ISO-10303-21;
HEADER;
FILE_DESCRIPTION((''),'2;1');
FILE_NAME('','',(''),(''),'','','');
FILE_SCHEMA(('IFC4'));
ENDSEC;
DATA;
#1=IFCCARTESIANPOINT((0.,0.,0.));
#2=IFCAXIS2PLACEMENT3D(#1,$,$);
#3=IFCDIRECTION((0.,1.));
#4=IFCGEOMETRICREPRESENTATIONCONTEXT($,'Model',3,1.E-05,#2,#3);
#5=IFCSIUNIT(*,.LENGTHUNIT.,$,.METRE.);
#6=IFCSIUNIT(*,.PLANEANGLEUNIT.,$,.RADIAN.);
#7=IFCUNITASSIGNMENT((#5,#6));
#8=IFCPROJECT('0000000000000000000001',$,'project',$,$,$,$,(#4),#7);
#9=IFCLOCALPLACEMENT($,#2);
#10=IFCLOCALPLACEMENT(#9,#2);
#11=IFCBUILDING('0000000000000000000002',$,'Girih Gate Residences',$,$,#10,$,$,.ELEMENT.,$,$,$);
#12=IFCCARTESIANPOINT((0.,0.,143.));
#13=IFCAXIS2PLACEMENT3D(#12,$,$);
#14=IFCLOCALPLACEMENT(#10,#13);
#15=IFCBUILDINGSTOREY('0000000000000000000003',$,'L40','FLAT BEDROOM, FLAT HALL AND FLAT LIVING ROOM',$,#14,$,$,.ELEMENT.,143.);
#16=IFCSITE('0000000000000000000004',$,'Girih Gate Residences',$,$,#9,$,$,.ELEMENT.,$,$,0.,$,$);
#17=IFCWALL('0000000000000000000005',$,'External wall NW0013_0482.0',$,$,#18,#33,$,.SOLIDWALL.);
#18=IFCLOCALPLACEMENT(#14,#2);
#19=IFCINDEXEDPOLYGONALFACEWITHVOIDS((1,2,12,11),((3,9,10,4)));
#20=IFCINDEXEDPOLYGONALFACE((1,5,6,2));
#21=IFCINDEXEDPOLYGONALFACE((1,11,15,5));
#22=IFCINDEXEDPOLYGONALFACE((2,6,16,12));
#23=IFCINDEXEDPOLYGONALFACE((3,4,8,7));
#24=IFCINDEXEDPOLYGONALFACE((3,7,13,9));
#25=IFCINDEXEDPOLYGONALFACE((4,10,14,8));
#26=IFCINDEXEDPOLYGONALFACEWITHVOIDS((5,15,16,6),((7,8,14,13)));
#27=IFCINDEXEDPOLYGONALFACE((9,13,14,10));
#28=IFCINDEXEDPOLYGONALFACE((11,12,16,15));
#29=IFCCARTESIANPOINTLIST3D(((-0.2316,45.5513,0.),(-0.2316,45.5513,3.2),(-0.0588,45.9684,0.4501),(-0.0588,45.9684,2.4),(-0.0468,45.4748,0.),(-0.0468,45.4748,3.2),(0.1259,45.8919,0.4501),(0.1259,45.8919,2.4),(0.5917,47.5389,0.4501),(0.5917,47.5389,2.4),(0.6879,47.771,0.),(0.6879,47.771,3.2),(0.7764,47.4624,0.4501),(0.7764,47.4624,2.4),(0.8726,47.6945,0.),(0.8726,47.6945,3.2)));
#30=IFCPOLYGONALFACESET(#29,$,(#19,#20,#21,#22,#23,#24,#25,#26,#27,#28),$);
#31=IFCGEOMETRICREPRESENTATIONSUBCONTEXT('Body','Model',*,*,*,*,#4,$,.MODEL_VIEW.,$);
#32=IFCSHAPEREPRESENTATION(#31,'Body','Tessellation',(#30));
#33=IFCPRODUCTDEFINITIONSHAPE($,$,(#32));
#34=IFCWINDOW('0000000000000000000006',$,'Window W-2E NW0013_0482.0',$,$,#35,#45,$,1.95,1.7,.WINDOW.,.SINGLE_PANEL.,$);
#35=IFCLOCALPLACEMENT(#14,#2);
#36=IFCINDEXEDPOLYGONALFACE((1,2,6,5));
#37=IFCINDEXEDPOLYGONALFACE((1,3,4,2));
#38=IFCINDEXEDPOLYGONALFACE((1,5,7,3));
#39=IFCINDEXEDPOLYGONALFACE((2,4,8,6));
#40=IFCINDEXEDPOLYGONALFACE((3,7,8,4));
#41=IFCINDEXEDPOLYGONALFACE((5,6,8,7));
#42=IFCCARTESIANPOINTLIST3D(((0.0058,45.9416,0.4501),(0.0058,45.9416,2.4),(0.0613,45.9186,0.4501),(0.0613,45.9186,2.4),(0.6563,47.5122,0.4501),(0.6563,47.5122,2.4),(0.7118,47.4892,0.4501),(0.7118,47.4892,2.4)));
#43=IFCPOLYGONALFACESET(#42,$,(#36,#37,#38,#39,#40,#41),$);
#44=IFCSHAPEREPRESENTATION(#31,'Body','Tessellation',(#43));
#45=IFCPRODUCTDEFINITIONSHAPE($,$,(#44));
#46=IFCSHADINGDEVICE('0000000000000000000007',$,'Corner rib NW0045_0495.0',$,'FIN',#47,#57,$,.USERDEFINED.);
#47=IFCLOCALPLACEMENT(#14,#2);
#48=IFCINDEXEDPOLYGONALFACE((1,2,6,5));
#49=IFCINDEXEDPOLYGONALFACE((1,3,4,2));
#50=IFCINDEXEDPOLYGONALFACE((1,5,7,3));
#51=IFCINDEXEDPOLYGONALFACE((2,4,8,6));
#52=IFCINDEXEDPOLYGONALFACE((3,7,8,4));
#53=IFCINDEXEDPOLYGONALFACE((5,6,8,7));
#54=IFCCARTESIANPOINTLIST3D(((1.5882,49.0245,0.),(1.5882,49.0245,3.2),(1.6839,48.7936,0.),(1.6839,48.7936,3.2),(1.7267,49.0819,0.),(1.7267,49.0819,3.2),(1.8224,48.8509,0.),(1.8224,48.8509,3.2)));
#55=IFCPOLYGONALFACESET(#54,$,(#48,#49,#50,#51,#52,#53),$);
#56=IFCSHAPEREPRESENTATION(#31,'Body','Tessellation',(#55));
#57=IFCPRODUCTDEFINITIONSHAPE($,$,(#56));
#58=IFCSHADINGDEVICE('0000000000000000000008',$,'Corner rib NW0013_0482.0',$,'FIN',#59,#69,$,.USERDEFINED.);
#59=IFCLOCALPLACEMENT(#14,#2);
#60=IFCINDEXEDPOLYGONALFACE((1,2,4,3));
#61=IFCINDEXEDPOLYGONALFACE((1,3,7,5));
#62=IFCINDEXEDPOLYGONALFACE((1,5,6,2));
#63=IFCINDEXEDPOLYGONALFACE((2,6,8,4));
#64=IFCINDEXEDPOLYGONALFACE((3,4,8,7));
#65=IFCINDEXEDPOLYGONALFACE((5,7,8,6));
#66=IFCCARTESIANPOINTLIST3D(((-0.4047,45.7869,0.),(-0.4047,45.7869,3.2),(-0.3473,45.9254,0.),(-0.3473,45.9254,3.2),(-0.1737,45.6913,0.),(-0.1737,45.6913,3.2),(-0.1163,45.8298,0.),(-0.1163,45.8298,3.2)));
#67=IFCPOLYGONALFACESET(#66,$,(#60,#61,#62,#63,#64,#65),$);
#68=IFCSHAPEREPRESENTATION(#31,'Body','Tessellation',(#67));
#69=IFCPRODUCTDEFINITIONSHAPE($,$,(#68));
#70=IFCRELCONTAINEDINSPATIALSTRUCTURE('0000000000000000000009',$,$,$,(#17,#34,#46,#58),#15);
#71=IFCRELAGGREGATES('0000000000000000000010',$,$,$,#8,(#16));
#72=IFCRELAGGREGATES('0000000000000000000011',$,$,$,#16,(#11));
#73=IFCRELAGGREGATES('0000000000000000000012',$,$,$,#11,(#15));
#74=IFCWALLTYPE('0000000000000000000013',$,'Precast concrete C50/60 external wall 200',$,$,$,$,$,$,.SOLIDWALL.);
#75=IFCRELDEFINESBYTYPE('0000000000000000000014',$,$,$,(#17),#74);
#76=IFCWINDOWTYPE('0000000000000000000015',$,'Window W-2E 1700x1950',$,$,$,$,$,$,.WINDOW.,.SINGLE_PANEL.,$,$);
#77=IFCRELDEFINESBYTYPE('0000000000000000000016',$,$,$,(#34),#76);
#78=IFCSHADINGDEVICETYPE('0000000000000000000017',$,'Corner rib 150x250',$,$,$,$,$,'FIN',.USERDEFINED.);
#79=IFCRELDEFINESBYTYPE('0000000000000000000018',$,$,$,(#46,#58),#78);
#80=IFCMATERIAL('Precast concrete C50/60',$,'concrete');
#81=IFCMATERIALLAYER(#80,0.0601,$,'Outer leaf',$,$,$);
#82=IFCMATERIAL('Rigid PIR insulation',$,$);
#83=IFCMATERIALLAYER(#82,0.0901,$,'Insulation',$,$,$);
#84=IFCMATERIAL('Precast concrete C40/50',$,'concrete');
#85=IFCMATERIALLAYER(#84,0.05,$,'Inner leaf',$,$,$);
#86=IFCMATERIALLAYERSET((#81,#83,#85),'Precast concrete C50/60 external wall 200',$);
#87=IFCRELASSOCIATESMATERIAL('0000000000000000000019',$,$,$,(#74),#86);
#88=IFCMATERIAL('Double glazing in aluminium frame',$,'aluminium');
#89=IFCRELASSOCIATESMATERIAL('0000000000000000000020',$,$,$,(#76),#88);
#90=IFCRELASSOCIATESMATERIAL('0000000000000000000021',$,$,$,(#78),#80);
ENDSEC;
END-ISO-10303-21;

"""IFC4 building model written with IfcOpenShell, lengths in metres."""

from ifc_helpers import new_model, si_unit, direction, frame, frame_2d, origin, origin_2d, place, context, subcontext, project, spatial, rectangle, extrude, material, layer, layer_set, type_object, element, fill, save


model = new_model("IFC4")

# Units and contexts
model_context = context("Model", 3, precision=1e-05, world=origin(), true_north=direction((0.0, 1.0)))
body_context = subcontext(model_context, "Body", "Model", "MODEL_VIEW")
ifc_project = project(units=[si_unit("LENGTHUNIT", "METRE"), si_unit("PLANEANGLEUNIT", "RADIAN")], contexts=[model_context])

# Site, building, storey
site_placement = place(None, origin())
site = spatial("IfcSite", under=ifc_project, at=site_placement, Name="Girih Gate Residences", CompositionType="ELEMENT", RefElevation=0.0)
building_placement = place(site_placement, origin())
building = spatial("IfcBuilding", under=site, at=building_placement, Name="Girih Gate Residences", CompositionType="ELEMENT")
storey_placement = place(building_placement, frame((0.0, 0.0, 143.0)))
storey = spatial("IfcBuildingStorey", under=building, at=storey_placement, Name="L40", Description="FLAT BEDROOM, FLAT HALL AND FLAT LIVING ROOM", CompositionType="ELEMENT", Elevation=143.0)

# Wall, opening, window
ifc_material_1 = material(Name="Precast concrete C50/60", Category="concrete")
ifc_layer_1 = layer(ifc_material_1, 0.0601, Name="Outer leaf")
ifc_material_2 = material(Name="Rigid PIR insulation")
ifc_layer_2 = layer(ifc_material_2, 0.0901, Name="Insulation")
ifc_material_3 = material(Name="Precast concrete C40/50", Category="concrete")
ifc_layer_3 = layer(ifc_material_3, 0.05, Name="Inner leaf")
ifc_layer_set = layer_set([ifc_layer_1, ifc_layer_2, ifc_layer_3], Name="Precast concrete C50/60 external wall 200")
wall_type = type_object("IfcWallType", Name="Precast concrete C50/60 external wall 200", PredefinedType="SOLIDWALL", material=ifc_layer_set)
ifc_material_4 = material(Name="Double glazing in aluminium frame", Category="aluminium")
window_type_1 = type_object("IfcWindowType", Name="Window W-2E 1700x1950", PartitioningType="SINGLE_PANEL", PredefinedType="WINDOW", material=ifc_material_4)
wall_1_placement = place(storey_placement, frame((-0.1392, 45.5132, 0.0), z_axis=(0.0, 0.0, 1.0), x_axis=(0.382681, 0.923881, 0.0)))
wall_1 = element("IfcWall", 1, at=wall_1_placement, inside=storey, type_object=wall_type, Name="External wall NW0013_0482.0", PredefinedType="SOLIDWALL", context=body_context, shape_type="SweptSolid", body=[
    extrude(rectangle(XDim=2.4026, YDim=0.2, at=frame_2d((1.2012, 0.0))), origin(), (0.0, 0.0, 1.0), 3.2),
])
opening_1_placement = place(wall_1_placement, frame((0.4512, 0.0, 0.45)))
opening_1 = element("IfcOpeningElement", 2, at=opening_1_placement, cuts=wall_1, PredefinedType="OPENING", context=body_context, shape_type="SweptSolid", body=[
    extrude(rectangle(XDim=1.7, YDim=1.95, at=frame_2d((0.8501, 0.9751))), frame((0.0, 0.1099, 0.0), z_axis=(0.0, -1.0, 0.0), x_axis=(1.0, 0.0, 0.0)), (0.0, 0.0, 1.0), 0.22),
])
window_1_placement = place(opening_1_placement, origin())
window_1 = element("IfcWindow", 3, at=window_1_placement, inside=storey, type_object=window_type_1, Name="Window W-2E NW0013_0482.0", OverallHeight=1.95, OverallWidth=1.7, PartitioningType="SINGLE_PANEL", PredefinedType="WINDOW", context=body_context, shape_type="SweptSolid", body=[
    extrude(rectangle(XDim=1.7, YDim=1.95, at=frame_2d((0.8501, 0.9751))), frame((0.0, 0.03, 0.0), z_axis=(0.0, -1.0, 0.0), x_axis=(1.0, 0.0, 0.0)), (0.0, 0.0, 1.0), 0.0601),
])
fill(opening_1, window_1)

# Shading devices
shading_device_type = type_object("IfcShadingDeviceType", Name="Corner rib 150x250", ElementType="FIN", PredefinedType="USERDEFINED", material=ifc_material_1)
for number, where, z_axis, x_axis, name in (
    (4, (1.7053, 48.9377, 0.0), (0.0, 0.0, 1.0), (-0.92388, -0.382683, 0.0), "Corner rib NW0045_0495.0"),
    (5, (-0.2605, 45.8083, 0.0), (0.0, 0.0, 1.0), (-0.382683, -0.92388, 0.0), "Corner rib NW0013_0482.0"),
):
    element("IfcShadingDevice", number, at=place(storey_placement, frame(where, z_axis=z_axis, x_axis=x_axis)), inside=storey, type_object=shading_device_type, Name=name, ObjectType="FIN", PredefinedType="USERDEFINED", context=body_context, shape_type="SweptSolid", body=[
        extrude(rectangle(XDim=0.1499, YDim=0.25, at=origin_2d()), origin(), (0.0, 0.0, 1.0), 3.2),
    ])

save(model, "model.ifc")
